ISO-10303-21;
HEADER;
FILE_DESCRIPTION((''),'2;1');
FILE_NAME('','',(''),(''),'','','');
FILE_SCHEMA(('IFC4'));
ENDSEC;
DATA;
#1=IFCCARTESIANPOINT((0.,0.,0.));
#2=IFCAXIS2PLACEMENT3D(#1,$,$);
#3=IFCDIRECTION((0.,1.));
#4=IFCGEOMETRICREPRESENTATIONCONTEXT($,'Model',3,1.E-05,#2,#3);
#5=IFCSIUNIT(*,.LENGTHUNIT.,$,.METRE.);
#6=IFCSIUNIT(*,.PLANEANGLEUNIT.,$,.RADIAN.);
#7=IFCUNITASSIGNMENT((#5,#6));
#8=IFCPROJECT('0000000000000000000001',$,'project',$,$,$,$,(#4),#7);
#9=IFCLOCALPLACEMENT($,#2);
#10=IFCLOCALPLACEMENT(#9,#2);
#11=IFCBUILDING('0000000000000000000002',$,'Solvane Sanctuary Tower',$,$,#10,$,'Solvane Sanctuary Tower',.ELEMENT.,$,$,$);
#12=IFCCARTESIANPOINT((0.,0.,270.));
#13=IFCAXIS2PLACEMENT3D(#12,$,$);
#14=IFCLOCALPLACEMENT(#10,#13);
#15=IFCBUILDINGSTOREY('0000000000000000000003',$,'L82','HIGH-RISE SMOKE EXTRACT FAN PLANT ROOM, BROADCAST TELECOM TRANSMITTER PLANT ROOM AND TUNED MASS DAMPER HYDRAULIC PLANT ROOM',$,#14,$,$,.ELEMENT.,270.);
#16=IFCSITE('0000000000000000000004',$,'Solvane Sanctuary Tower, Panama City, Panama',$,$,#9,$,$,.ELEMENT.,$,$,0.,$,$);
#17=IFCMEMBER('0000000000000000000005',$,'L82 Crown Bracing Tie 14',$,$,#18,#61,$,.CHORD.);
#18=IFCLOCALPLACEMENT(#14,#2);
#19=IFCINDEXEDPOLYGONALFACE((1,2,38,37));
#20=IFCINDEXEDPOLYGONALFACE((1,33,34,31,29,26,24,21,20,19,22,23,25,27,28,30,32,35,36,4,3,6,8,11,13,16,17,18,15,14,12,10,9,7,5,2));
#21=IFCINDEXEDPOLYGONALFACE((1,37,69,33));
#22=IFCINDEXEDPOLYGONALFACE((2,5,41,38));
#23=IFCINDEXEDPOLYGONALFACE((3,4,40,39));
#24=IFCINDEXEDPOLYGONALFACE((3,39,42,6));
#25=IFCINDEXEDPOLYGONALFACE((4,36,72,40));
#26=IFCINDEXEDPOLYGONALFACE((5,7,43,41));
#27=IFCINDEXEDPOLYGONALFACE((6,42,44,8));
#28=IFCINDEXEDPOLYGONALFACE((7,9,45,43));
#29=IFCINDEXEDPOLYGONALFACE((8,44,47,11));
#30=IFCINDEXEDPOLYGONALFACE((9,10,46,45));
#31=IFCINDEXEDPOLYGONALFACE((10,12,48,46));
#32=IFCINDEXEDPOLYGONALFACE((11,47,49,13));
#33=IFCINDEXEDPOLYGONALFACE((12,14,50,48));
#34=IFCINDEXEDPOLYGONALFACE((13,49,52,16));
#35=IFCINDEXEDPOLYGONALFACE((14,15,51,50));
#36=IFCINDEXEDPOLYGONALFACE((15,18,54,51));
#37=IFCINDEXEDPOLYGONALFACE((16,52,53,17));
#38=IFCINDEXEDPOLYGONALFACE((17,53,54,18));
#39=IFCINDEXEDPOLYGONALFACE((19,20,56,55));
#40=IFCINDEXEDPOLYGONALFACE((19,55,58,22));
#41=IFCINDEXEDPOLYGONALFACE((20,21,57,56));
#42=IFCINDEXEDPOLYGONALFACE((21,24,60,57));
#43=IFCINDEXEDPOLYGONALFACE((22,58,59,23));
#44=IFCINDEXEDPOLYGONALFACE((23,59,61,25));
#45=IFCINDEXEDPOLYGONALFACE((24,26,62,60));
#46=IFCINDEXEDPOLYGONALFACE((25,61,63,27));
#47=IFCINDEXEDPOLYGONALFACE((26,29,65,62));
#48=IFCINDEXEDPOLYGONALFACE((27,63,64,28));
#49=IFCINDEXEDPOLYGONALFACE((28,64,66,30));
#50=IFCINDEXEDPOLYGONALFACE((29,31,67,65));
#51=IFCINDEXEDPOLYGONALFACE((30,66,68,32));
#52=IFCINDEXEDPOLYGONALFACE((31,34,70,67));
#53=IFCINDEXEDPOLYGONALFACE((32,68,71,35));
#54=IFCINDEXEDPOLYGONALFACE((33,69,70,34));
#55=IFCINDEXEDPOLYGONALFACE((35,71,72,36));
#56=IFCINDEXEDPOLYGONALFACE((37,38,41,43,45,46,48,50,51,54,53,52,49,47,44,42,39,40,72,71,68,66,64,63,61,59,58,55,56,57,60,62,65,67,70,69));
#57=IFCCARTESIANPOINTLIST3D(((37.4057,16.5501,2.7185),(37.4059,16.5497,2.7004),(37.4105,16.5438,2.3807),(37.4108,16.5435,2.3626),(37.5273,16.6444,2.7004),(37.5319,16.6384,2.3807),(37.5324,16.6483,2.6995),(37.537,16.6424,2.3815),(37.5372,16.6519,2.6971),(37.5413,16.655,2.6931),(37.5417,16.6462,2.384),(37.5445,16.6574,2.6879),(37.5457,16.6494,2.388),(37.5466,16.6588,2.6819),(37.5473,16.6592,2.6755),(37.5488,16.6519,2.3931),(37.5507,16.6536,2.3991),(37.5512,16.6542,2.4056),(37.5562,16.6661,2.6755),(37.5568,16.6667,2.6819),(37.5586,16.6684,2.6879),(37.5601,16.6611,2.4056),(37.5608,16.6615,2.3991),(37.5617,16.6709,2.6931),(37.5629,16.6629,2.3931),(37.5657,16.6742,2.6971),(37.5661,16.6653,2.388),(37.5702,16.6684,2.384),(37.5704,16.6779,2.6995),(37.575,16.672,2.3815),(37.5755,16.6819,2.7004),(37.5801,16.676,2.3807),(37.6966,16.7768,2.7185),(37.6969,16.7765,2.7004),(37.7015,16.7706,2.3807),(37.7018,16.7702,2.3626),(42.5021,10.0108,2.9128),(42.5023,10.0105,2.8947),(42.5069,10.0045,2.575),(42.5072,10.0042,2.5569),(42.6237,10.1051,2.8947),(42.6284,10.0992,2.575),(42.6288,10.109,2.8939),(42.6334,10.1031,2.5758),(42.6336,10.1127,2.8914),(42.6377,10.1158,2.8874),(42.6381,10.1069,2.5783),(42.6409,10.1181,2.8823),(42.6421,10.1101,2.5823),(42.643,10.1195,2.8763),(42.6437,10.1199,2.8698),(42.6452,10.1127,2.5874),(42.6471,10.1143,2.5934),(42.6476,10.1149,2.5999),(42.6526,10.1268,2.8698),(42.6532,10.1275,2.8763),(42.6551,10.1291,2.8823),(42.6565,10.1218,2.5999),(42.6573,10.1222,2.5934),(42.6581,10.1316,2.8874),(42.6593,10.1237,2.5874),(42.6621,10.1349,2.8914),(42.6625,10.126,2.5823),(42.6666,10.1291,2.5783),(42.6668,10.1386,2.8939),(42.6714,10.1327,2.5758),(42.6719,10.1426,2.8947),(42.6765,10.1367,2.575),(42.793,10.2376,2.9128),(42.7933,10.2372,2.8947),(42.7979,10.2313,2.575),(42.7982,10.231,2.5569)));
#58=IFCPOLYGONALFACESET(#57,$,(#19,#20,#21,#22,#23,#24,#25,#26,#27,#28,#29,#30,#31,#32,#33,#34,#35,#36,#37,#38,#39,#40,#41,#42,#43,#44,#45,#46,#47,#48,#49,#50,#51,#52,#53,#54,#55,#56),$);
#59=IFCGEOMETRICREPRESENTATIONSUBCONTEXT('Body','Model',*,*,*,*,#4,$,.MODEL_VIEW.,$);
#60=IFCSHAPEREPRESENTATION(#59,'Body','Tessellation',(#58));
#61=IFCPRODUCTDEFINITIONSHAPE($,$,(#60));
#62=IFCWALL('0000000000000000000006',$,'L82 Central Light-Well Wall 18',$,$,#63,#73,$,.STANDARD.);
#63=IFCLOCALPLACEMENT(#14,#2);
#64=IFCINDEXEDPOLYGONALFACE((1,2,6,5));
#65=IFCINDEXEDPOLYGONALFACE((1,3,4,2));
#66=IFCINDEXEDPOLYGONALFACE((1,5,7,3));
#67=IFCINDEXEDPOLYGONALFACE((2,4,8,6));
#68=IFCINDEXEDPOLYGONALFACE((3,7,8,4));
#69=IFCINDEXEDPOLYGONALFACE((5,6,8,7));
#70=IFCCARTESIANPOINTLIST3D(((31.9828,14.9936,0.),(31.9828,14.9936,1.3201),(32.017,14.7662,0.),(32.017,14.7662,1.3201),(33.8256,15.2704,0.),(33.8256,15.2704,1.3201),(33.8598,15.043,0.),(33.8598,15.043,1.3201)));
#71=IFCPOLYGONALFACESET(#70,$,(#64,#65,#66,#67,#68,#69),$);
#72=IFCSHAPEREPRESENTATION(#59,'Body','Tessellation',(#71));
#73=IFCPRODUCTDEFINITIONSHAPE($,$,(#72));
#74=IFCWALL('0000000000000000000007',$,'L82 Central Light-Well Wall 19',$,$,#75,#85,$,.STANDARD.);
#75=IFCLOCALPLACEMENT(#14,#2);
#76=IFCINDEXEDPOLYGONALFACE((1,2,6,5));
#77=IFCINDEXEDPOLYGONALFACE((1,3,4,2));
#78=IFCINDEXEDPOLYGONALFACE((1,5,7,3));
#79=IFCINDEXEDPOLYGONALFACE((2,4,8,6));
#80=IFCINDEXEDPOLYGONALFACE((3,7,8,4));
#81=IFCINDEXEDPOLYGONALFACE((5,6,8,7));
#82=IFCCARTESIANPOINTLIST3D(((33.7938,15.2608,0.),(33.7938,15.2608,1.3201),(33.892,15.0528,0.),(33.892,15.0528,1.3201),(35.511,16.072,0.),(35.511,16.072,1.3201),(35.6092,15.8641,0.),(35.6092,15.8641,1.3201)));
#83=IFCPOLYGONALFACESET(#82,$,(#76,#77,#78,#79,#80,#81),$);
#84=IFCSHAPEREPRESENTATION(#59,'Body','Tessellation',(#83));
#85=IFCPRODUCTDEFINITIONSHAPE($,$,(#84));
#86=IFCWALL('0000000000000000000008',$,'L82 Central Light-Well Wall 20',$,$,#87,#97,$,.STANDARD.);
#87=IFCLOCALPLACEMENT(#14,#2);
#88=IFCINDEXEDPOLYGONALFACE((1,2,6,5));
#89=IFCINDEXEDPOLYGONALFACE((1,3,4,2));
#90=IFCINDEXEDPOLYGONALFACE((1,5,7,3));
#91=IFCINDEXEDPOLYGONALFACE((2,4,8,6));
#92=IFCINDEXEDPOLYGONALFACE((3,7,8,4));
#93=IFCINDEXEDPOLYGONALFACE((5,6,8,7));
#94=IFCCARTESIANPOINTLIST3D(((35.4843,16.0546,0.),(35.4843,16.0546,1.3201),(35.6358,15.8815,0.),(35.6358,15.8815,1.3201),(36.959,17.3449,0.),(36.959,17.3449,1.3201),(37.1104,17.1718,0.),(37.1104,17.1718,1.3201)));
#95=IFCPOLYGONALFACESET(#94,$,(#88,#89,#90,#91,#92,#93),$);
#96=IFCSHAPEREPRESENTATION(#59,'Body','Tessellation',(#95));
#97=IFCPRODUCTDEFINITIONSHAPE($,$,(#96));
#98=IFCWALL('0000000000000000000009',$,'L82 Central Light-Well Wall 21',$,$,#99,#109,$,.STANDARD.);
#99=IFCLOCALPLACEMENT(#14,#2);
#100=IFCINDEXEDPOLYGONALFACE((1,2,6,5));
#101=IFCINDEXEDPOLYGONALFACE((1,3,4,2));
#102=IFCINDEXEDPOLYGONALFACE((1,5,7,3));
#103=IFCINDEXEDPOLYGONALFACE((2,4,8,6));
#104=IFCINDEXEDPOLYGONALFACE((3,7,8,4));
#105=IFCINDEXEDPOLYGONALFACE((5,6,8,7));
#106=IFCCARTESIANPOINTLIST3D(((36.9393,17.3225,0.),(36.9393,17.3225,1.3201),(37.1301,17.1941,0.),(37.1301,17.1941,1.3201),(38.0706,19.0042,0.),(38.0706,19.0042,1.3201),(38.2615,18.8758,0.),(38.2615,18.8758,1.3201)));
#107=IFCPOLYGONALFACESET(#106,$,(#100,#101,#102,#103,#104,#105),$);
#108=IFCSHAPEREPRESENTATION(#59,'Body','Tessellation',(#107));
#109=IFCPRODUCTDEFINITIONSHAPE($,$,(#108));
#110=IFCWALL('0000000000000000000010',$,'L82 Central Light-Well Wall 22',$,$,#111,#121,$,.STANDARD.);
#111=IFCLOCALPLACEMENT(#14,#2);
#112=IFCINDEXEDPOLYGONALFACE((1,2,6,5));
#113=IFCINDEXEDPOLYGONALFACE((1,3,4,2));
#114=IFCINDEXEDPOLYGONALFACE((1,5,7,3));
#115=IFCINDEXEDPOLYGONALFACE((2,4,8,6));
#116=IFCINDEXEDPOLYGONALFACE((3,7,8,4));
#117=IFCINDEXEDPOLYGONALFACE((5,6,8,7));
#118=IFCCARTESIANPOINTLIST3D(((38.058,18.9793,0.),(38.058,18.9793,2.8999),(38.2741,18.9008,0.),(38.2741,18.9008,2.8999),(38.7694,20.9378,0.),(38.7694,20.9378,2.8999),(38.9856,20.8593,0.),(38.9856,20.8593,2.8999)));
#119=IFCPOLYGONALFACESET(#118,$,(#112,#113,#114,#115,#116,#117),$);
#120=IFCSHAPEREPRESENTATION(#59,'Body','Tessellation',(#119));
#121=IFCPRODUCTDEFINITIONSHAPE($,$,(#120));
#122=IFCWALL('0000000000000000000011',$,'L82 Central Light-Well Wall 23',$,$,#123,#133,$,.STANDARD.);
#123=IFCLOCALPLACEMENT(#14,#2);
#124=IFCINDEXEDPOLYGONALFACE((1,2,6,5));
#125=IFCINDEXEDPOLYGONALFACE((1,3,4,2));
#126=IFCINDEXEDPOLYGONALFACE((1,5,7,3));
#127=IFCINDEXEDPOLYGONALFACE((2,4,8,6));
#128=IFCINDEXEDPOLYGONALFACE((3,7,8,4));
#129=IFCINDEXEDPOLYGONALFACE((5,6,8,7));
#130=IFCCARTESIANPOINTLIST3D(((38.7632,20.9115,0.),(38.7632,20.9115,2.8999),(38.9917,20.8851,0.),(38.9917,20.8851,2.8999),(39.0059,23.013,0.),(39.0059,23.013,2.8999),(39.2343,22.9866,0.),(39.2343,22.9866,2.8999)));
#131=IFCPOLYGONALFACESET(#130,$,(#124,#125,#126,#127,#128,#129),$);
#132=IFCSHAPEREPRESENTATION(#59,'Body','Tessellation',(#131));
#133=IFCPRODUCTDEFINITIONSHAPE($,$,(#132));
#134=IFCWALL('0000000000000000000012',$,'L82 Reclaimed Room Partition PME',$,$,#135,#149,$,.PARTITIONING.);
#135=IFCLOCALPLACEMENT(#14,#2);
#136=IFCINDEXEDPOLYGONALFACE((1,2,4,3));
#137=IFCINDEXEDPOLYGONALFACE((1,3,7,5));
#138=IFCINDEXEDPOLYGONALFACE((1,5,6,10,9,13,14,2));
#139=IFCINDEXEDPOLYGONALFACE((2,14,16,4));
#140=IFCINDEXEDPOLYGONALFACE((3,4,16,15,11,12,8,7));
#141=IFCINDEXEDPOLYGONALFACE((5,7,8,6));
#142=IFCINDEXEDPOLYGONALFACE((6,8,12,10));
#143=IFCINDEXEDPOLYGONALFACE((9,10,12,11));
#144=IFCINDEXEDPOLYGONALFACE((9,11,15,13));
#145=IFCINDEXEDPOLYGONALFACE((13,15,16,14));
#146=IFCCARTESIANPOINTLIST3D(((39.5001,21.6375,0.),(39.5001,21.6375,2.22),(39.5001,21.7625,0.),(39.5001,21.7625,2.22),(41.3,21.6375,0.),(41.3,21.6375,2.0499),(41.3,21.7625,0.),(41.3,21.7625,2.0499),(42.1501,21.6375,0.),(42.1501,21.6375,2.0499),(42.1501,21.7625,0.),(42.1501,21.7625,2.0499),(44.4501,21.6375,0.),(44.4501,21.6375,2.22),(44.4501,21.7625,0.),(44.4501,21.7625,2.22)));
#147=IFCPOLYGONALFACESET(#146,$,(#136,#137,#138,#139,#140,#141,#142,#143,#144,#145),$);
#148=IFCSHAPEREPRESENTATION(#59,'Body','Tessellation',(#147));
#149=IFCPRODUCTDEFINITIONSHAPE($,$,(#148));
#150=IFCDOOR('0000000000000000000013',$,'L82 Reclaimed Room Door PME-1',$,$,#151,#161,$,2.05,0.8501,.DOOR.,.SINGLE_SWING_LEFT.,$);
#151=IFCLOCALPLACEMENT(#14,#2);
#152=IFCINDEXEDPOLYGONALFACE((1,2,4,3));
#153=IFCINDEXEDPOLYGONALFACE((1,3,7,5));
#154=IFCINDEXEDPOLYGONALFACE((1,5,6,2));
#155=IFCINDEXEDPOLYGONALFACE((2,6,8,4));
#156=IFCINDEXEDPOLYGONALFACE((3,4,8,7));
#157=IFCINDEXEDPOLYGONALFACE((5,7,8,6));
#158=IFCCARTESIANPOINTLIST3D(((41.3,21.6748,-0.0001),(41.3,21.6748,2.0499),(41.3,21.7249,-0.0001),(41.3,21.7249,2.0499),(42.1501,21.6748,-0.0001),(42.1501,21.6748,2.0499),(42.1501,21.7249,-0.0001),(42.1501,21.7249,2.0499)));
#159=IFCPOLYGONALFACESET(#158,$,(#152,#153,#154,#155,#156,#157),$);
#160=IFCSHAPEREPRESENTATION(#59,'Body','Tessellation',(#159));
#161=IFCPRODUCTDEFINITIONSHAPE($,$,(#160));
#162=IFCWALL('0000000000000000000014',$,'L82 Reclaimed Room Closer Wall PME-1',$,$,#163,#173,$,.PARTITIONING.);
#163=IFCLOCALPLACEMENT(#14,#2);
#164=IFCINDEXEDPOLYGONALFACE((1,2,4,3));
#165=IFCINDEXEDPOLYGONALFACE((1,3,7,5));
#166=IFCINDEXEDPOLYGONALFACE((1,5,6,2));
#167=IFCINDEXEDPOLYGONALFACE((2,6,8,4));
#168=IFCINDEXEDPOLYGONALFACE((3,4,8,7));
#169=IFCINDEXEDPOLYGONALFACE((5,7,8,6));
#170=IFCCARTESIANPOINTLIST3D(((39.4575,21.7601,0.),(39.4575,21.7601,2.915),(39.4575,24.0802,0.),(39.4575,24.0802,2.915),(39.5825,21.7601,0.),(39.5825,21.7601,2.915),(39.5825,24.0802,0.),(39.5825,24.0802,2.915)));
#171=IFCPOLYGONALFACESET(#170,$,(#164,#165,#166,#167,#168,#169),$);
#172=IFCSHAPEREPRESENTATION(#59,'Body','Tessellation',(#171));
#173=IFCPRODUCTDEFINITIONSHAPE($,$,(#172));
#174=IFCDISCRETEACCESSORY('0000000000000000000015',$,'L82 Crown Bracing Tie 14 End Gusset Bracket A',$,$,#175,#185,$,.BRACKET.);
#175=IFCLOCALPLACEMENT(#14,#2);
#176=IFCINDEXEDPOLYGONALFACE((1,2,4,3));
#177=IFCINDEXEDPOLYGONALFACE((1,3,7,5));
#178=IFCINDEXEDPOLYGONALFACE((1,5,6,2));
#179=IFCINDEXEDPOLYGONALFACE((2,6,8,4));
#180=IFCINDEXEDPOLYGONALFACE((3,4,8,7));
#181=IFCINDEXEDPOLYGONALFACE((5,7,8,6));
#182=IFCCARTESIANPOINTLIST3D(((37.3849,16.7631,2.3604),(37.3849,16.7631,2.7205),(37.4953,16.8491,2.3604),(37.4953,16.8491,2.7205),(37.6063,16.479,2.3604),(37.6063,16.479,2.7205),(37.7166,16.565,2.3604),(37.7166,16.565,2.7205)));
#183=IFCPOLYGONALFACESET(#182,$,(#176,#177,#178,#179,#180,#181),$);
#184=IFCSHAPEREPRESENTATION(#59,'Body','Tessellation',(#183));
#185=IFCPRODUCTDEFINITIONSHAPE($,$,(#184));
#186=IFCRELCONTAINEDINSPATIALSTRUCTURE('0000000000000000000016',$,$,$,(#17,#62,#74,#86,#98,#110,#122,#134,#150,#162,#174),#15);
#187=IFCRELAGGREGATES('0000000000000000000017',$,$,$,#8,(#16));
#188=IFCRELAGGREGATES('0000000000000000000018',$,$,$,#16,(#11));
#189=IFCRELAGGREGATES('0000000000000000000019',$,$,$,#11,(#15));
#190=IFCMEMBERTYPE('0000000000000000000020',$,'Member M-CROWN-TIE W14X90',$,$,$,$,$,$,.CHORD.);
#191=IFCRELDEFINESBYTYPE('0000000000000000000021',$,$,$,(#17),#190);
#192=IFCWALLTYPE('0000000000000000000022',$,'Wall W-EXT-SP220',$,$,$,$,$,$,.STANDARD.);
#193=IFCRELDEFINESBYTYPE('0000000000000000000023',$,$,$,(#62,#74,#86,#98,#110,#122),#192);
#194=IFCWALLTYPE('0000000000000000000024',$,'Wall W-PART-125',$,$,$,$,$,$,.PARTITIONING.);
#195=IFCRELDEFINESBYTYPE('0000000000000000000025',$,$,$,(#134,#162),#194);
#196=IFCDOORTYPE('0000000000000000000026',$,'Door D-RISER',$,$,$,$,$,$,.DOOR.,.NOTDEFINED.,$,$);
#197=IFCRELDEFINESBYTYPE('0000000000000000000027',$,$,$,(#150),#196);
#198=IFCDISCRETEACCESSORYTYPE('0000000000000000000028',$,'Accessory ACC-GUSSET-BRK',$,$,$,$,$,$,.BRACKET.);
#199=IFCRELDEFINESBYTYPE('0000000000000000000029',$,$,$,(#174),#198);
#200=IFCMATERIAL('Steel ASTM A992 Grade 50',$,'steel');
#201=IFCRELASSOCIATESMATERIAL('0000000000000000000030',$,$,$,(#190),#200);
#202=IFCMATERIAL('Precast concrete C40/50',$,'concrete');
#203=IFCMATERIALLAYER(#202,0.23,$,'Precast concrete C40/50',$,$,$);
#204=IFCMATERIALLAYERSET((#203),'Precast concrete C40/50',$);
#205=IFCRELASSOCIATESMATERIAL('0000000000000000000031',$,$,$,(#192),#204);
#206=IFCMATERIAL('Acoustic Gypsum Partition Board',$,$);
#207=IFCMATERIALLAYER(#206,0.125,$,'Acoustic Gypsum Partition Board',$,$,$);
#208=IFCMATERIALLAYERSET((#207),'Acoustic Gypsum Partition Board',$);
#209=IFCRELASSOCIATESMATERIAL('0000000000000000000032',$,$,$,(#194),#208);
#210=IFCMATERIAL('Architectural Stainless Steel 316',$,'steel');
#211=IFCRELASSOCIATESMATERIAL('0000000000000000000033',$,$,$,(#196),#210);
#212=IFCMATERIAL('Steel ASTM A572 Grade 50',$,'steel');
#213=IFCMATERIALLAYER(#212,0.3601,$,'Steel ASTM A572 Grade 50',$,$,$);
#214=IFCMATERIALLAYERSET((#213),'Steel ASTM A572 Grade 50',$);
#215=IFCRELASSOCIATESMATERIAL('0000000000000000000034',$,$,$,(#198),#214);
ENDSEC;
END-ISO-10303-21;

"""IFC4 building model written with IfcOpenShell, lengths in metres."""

from ifc_helpers import new_model, si_unit, direction, frame, frame_2d, origin, origin_2d, place, context, subcontext, project, spatial, rectangle, i_section, extrude, material, layer, layer_set, material_profile, profile_set, type_object, element, fill, save


model = new_model("IFC4")

# Units and contexts
model_context = context("Model", 3, precision=1e-05, world=origin(), true_north=direction((0.0, 1.0)))
body_context = subcontext(model_context, "Body", "Model", "MODEL_VIEW")
ifc_project = project(units=[si_unit("LENGTHUNIT", "METRE"), si_unit("PLANEANGLEUNIT", "RADIAN")], contexts=[model_context])

# Site, building, storey
site_placement = place(None, origin())
site = spatial("IfcSite", under=ifc_project, at=site_placement, Name="Solvane Sanctuary Tower, Panama City, Panama", CompositionType="ELEMENT", RefElevation=0.0)
building_placement = place(site_placement, origin())
building = spatial("IfcBuilding", under=site, at=building_placement, Name="Solvane Sanctuary Tower", LongName="Solvane Sanctuary Tower", CompositionType="ELEMENT")
storey_placement = place(building_placement, frame((0.0, 0.0, 270.0)))
storey = spatial("IfcBuildingStorey", under=building, at=storey_placement, Name="L82", Description="HIGH-RISE SMOKE EXTRACT FAN PLANT ROOM, BROADCAST TELECOM TRANSMITTER PLANT ROOM AND TUNED MASS DAMPER HYDRAULIC PLANT ROOM", CompositionType="ELEMENT", Elevation=270.0)

# Shared definitions
ifc_material_1 = material(Name="Steel ASTM A992 Grade 50", Category="steel")

# Member
ifc_material_profile_1 = material_profile(ifc_material_1, i_section(OverallWidth=0.3689, OverallDepth=0.356, WebThickness=0.0112, FlangeThickness=0.0181, FilletRadius=0.0249, at=origin_2d()), Name="W14X90")
ifc_profile_set_1 = profile_set([ifc_material_profile_1], Name="Steel ASTM A992 Grade 50")
member_type = type_object("IfcMemberType", Name="Member M-CROWN-TIE W14X90", PredefinedType="CHORD", material=ifc_profile_set_1)
member_placement = place(storey_placement, frame((37.5537, 16.6602, 2.5405), z_axis=(0.614546, -0.788533, 0.023434), x_axis=(0.788749, 0.614715, 0.0)))
element("IfcMember", 1, at=member_placement, inside=storey, type_object=member_type, Name="L82 Crown Bracing Tie 14", PredefinedType="CHORD", context=body_context, shape_type="SweptSolid", body=[
    extrude(i_section(OverallWidth=0.3689, OverallDepth=0.356, WebThickness=0.0112, FlangeThickness=0.0181, FilletRadius=0.0249, at=origin_2d()), origin(), (0.0, 0.0, 1.0), 8.293),
])

# Walls
ifc_material_2 = material(Name="Precast concrete C40/50", Category="concrete")
ifc_layer_1 = layer(ifc_material_2, 0.23, Name="Precast concrete C40/50")
ifc_layer_set_1 = layer_set([ifc_layer_1], Name="Precast concrete C40/50")
wall_type_1 = type_object("IfcWallType", Name="Wall W-EXT-SP220", PredefinedType="STANDARD", material=ifc_layer_set_1)
wall_1_placement = place(storey_placement, frame((32.0, 14.8799, 0.0), z_axis=(0.0, 0.0, 1.0), x_axis=(0.988902, 0.148571, 0.0)))
element("IfcWall", 2, at=wall_1_placement, inside=storey, type_object=wall_type_1, Name="L82 Central Light-Well Wall 18", PredefinedType="STANDARD", context=body_context, shape_type="SweptSolid", body=[
    extrude(rectangle(XDim=1.8635, YDim=0.23, at=frame_2d((0.9316, 0.0))), origin(), (0.0, 0.0, 1.0), 1.3201),
])
wall_2_placement = place(storey_placement, frame((33.8428, 15.1567, 0.0), z_axis=(0.0, 0.0, 1.0), x_axis=(0.90418, 0.427152, 0.0)))
element("IfcWall", 3, at=wall_2_placement, inside=storey, type_object=wall_type_1, Name="L82 Central Light-Well Wall 19", PredefinedType="STANDARD", context=body_context, shape_type="SweptSolid", body=[
    extrude(rectangle(XDim=1.8992, YDim=0.23, at=frame_2d((0.9497, 0.0))), origin(), (0.0, 0.0, 1.0), 1.3201),
])
wall_3_placement = place(storey_placement, frame((35.5601, 15.968, 0.0), z_axis=(0.0, 0.0, 1.0), x_axis=(0.752577, 0.658505, 0.0)))
element("IfcWall", 4, at=wall_3_placement, inside=storey, type_object=wall_type_1, Name="L82 Central Light-Well Wall 20", PredefinedType="STANDARD", context=body_context, shape_type="SweptSolid", body=[
    extrude(rectangle(XDim=1.9595, YDim=0.23, at=frame_2d((0.9797, 0.0))), origin(), (0.0, 0.0, 1.0), 1.3201),
])
wall_4_placement = place(storey_placement, frame((37.0347, 17.2583, 0.0), z_axis=(0.0, 0.0, 1.0), x_axis=(0.558198, 0.829708, 0.0)))
element("IfcWall", 5, at=wall_4_placement, inside=storey, type_object=wall_type_1, Name="L82 Central Light-Well Wall 21", PredefinedType="STANDARD", context=body_context, shape_type="SweptSolid", body=[
    extrude(rectangle(XDim=2.0269, YDim=0.23, at=frame_2d((1.0134, 0.0))), origin(), (0.0, 0.0, 1.0), 1.3201),
])
wall_5_placement = place(storey_placement, frame((38.166, 18.9399, 0.0), z_axis=(0.0, 0.0, 1.0), x_axis=(0.341423, 0.93991, 0.0)))
element("IfcWall", 6, at=wall_5_placement, inside=storey, type_object=wall_type_1, Name="L82 Central Light-Well Wall 22", PredefinedType="STANDARD", context=body_context, shape_type="SweptSolid", body=[
    extrude(rectangle(XDim=2.0837, YDim=0.23, at=frame_2d((1.042, 0.0))), origin(), (0.0, 0.0, 1.0), 2.8999),
])
wall_6_placement = place(storey_placement, frame((38.8774, 20.8984, 0.0), z_axis=(0.0, 0.0, 1.0), x_axis=(0.114712, 0.993399, 0.0)))
element("IfcWall", 7, at=wall_6_placement, inside=storey, type_object=wall_type_1, Name="L82 Central Light-Well Wall 23", PredefinedType="STANDARD", context=body_context, shape_type="SweptSolid", body=[
    extrude(rectangle(XDim=2.1155, YDim=0.23, at=frame_2d((1.0576, 0.0))), origin(), (0.0, 0.0, 1.0), 2.8999),
])

# Wall, opening, door
ifc_material_3 = material(Name="Acoustic Gypsum Partition Board")
ifc_layer_2 = layer(ifc_material_3, 0.125, Name="Acoustic Gypsum Partition Board")
ifc_layer_set_2 = layer_set([ifc_layer_2], Name="Acoustic Gypsum Partition Board")
wall_type_2 = type_object("IfcWallType", Name="Wall W-PART-125", PredefinedType="PARTITIONING", material=ifc_layer_set_2)
wall_7_placement = place(storey_placement, frame((39.5, 21.7, 0.0), z_axis=(0.0, 0.0, 1.0), x_axis=(1.0, 0.0, 0.0)))
wall_7 = element("IfcWall", 8, at=wall_7_placement, inside=storey, type_object=wall_type_2, Name="L82 Reclaimed Room Partition PME", PredefinedType="PARTITIONING", context=body_context, shape_type="SweptSolid", body=[
    extrude(rectangle(XDim=4.95, YDim=0.125, at=frame_2d((2.4751, 0.0))), origin(), (0.0, 0.0, 1.0), 2.22),
])
opening_placement = place(wall_7_placement, frame((1.8, 0.0, 0.0)))
opening = element("IfcOpeningElement", 9, at=opening_placement, cuts=wall_7, PredefinedType="OPENING", context=body_context, shape_type="SweptSolid", body=[
    extrude(rectangle(XDim=0.8501, YDim=2.05, at=frame_2d((0.425, 1.0249))), frame((0.0, 0.0725, 0.0), z_axis=(0.0, -1.0, 0.0), x_axis=(1.0, 0.0, 0.0)), (0.0, 0.0, 1.0), 0.145),
])
ifc_material_4 = material(Name="Architectural Stainless Steel 316", Category="steel")
door_type = type_object("IfcDoorType", Name="Door D-RISER", OperationType="NOTDEFINED", PredefinedType="DOOR", material=ifc_material_4)
door_placement = place(opening_placement, origin())
door = element("IfcDoor", 10, at=door_placement, inside=storey, type_object=door_type, Name="L82 Reclaimed Room Door PME-1", OperationType="SINGLE_SWING_LEFT", OverallHeight=2.05, OverallWidth=0.8501, PredefinedType="DOOR", context=body_context, shape_type="SweptSolid", body=[
    extrude(rectangle(XDim=0.8501, YDim=2.05, at=frame_2d((0.425, 1.0249))), frame((0.0, 0.0249, 0.0), z_axis=(0.0, -1.0, 0.0), x_axis=(1.0, 0.0, 0.0)), (0.0, 0.0, 1.0), 0.05),
])
fill(opening, door)

# Wall
wall_8_placement = place(storey_placement, frame((39.52, 21.76, 0.0), z_axis=(0.0, 0.0, 1.0), x_axis=(0.0, 1.0, 0.0)))
element("IfcWall", 11, at=wall_8_placement, inside=storey, type_object=wall_type_2, Name="L82 Reclaimed Room Closer Wall PME-1", PredefinedType="PARTITIONING", context=body_context, shape_type="SweptSolid", body=[
    extrude(rectangle(XDim=2.3201, YDim=0.125, at=frame_2d((1.1602, 0.0))), origin(), (0.0, 0.0, 1.0), 2.915),
])

# Discrete accessory
ifc_material_5 = material(Name="Steel ASTM A572 Grade 50", Category="steel")
ifc_layer_3 = layer(ifc_material_5, 0.3601, Name="Steel ASTM A572 Grade 50")
ifc_layer_set_3 = layer_set([ifc_layer_3], Name="Steel ASTM A572 Grade 50")
discrete_accessory_type = type_object("IfcDiscreteAccessoryType", Name="Accessory ACC-GUSSET-BRK", PredefinedType="BRACKET", material=ifc_layer_set_3)
discrete_accessory_placement = place(storey_placement, frame((37.5508, 16.6641, 2.3604), z_axis=(0.0, 0.0, 1.0), x_axis=(0.614698, -0.788762, 0.0)))
element("IfcDiscreteAccessory", 12, at=discrete_accessory_placement, inside=storey, type_object=discrete_accessory_type, Name="L82 Crown Bracing Tie 14 End Gusset Bracket A", PredefinedType="BRACKET", context=body_context, shape_type="SweptSolid", body=[
    extrude(rectangle(XDim=0.3601, YDim=0.1399, at=origin_2d()), origin(), (0.0, 0.0, 1.0), 0.3601),
])

save(model, "model.ifc")
